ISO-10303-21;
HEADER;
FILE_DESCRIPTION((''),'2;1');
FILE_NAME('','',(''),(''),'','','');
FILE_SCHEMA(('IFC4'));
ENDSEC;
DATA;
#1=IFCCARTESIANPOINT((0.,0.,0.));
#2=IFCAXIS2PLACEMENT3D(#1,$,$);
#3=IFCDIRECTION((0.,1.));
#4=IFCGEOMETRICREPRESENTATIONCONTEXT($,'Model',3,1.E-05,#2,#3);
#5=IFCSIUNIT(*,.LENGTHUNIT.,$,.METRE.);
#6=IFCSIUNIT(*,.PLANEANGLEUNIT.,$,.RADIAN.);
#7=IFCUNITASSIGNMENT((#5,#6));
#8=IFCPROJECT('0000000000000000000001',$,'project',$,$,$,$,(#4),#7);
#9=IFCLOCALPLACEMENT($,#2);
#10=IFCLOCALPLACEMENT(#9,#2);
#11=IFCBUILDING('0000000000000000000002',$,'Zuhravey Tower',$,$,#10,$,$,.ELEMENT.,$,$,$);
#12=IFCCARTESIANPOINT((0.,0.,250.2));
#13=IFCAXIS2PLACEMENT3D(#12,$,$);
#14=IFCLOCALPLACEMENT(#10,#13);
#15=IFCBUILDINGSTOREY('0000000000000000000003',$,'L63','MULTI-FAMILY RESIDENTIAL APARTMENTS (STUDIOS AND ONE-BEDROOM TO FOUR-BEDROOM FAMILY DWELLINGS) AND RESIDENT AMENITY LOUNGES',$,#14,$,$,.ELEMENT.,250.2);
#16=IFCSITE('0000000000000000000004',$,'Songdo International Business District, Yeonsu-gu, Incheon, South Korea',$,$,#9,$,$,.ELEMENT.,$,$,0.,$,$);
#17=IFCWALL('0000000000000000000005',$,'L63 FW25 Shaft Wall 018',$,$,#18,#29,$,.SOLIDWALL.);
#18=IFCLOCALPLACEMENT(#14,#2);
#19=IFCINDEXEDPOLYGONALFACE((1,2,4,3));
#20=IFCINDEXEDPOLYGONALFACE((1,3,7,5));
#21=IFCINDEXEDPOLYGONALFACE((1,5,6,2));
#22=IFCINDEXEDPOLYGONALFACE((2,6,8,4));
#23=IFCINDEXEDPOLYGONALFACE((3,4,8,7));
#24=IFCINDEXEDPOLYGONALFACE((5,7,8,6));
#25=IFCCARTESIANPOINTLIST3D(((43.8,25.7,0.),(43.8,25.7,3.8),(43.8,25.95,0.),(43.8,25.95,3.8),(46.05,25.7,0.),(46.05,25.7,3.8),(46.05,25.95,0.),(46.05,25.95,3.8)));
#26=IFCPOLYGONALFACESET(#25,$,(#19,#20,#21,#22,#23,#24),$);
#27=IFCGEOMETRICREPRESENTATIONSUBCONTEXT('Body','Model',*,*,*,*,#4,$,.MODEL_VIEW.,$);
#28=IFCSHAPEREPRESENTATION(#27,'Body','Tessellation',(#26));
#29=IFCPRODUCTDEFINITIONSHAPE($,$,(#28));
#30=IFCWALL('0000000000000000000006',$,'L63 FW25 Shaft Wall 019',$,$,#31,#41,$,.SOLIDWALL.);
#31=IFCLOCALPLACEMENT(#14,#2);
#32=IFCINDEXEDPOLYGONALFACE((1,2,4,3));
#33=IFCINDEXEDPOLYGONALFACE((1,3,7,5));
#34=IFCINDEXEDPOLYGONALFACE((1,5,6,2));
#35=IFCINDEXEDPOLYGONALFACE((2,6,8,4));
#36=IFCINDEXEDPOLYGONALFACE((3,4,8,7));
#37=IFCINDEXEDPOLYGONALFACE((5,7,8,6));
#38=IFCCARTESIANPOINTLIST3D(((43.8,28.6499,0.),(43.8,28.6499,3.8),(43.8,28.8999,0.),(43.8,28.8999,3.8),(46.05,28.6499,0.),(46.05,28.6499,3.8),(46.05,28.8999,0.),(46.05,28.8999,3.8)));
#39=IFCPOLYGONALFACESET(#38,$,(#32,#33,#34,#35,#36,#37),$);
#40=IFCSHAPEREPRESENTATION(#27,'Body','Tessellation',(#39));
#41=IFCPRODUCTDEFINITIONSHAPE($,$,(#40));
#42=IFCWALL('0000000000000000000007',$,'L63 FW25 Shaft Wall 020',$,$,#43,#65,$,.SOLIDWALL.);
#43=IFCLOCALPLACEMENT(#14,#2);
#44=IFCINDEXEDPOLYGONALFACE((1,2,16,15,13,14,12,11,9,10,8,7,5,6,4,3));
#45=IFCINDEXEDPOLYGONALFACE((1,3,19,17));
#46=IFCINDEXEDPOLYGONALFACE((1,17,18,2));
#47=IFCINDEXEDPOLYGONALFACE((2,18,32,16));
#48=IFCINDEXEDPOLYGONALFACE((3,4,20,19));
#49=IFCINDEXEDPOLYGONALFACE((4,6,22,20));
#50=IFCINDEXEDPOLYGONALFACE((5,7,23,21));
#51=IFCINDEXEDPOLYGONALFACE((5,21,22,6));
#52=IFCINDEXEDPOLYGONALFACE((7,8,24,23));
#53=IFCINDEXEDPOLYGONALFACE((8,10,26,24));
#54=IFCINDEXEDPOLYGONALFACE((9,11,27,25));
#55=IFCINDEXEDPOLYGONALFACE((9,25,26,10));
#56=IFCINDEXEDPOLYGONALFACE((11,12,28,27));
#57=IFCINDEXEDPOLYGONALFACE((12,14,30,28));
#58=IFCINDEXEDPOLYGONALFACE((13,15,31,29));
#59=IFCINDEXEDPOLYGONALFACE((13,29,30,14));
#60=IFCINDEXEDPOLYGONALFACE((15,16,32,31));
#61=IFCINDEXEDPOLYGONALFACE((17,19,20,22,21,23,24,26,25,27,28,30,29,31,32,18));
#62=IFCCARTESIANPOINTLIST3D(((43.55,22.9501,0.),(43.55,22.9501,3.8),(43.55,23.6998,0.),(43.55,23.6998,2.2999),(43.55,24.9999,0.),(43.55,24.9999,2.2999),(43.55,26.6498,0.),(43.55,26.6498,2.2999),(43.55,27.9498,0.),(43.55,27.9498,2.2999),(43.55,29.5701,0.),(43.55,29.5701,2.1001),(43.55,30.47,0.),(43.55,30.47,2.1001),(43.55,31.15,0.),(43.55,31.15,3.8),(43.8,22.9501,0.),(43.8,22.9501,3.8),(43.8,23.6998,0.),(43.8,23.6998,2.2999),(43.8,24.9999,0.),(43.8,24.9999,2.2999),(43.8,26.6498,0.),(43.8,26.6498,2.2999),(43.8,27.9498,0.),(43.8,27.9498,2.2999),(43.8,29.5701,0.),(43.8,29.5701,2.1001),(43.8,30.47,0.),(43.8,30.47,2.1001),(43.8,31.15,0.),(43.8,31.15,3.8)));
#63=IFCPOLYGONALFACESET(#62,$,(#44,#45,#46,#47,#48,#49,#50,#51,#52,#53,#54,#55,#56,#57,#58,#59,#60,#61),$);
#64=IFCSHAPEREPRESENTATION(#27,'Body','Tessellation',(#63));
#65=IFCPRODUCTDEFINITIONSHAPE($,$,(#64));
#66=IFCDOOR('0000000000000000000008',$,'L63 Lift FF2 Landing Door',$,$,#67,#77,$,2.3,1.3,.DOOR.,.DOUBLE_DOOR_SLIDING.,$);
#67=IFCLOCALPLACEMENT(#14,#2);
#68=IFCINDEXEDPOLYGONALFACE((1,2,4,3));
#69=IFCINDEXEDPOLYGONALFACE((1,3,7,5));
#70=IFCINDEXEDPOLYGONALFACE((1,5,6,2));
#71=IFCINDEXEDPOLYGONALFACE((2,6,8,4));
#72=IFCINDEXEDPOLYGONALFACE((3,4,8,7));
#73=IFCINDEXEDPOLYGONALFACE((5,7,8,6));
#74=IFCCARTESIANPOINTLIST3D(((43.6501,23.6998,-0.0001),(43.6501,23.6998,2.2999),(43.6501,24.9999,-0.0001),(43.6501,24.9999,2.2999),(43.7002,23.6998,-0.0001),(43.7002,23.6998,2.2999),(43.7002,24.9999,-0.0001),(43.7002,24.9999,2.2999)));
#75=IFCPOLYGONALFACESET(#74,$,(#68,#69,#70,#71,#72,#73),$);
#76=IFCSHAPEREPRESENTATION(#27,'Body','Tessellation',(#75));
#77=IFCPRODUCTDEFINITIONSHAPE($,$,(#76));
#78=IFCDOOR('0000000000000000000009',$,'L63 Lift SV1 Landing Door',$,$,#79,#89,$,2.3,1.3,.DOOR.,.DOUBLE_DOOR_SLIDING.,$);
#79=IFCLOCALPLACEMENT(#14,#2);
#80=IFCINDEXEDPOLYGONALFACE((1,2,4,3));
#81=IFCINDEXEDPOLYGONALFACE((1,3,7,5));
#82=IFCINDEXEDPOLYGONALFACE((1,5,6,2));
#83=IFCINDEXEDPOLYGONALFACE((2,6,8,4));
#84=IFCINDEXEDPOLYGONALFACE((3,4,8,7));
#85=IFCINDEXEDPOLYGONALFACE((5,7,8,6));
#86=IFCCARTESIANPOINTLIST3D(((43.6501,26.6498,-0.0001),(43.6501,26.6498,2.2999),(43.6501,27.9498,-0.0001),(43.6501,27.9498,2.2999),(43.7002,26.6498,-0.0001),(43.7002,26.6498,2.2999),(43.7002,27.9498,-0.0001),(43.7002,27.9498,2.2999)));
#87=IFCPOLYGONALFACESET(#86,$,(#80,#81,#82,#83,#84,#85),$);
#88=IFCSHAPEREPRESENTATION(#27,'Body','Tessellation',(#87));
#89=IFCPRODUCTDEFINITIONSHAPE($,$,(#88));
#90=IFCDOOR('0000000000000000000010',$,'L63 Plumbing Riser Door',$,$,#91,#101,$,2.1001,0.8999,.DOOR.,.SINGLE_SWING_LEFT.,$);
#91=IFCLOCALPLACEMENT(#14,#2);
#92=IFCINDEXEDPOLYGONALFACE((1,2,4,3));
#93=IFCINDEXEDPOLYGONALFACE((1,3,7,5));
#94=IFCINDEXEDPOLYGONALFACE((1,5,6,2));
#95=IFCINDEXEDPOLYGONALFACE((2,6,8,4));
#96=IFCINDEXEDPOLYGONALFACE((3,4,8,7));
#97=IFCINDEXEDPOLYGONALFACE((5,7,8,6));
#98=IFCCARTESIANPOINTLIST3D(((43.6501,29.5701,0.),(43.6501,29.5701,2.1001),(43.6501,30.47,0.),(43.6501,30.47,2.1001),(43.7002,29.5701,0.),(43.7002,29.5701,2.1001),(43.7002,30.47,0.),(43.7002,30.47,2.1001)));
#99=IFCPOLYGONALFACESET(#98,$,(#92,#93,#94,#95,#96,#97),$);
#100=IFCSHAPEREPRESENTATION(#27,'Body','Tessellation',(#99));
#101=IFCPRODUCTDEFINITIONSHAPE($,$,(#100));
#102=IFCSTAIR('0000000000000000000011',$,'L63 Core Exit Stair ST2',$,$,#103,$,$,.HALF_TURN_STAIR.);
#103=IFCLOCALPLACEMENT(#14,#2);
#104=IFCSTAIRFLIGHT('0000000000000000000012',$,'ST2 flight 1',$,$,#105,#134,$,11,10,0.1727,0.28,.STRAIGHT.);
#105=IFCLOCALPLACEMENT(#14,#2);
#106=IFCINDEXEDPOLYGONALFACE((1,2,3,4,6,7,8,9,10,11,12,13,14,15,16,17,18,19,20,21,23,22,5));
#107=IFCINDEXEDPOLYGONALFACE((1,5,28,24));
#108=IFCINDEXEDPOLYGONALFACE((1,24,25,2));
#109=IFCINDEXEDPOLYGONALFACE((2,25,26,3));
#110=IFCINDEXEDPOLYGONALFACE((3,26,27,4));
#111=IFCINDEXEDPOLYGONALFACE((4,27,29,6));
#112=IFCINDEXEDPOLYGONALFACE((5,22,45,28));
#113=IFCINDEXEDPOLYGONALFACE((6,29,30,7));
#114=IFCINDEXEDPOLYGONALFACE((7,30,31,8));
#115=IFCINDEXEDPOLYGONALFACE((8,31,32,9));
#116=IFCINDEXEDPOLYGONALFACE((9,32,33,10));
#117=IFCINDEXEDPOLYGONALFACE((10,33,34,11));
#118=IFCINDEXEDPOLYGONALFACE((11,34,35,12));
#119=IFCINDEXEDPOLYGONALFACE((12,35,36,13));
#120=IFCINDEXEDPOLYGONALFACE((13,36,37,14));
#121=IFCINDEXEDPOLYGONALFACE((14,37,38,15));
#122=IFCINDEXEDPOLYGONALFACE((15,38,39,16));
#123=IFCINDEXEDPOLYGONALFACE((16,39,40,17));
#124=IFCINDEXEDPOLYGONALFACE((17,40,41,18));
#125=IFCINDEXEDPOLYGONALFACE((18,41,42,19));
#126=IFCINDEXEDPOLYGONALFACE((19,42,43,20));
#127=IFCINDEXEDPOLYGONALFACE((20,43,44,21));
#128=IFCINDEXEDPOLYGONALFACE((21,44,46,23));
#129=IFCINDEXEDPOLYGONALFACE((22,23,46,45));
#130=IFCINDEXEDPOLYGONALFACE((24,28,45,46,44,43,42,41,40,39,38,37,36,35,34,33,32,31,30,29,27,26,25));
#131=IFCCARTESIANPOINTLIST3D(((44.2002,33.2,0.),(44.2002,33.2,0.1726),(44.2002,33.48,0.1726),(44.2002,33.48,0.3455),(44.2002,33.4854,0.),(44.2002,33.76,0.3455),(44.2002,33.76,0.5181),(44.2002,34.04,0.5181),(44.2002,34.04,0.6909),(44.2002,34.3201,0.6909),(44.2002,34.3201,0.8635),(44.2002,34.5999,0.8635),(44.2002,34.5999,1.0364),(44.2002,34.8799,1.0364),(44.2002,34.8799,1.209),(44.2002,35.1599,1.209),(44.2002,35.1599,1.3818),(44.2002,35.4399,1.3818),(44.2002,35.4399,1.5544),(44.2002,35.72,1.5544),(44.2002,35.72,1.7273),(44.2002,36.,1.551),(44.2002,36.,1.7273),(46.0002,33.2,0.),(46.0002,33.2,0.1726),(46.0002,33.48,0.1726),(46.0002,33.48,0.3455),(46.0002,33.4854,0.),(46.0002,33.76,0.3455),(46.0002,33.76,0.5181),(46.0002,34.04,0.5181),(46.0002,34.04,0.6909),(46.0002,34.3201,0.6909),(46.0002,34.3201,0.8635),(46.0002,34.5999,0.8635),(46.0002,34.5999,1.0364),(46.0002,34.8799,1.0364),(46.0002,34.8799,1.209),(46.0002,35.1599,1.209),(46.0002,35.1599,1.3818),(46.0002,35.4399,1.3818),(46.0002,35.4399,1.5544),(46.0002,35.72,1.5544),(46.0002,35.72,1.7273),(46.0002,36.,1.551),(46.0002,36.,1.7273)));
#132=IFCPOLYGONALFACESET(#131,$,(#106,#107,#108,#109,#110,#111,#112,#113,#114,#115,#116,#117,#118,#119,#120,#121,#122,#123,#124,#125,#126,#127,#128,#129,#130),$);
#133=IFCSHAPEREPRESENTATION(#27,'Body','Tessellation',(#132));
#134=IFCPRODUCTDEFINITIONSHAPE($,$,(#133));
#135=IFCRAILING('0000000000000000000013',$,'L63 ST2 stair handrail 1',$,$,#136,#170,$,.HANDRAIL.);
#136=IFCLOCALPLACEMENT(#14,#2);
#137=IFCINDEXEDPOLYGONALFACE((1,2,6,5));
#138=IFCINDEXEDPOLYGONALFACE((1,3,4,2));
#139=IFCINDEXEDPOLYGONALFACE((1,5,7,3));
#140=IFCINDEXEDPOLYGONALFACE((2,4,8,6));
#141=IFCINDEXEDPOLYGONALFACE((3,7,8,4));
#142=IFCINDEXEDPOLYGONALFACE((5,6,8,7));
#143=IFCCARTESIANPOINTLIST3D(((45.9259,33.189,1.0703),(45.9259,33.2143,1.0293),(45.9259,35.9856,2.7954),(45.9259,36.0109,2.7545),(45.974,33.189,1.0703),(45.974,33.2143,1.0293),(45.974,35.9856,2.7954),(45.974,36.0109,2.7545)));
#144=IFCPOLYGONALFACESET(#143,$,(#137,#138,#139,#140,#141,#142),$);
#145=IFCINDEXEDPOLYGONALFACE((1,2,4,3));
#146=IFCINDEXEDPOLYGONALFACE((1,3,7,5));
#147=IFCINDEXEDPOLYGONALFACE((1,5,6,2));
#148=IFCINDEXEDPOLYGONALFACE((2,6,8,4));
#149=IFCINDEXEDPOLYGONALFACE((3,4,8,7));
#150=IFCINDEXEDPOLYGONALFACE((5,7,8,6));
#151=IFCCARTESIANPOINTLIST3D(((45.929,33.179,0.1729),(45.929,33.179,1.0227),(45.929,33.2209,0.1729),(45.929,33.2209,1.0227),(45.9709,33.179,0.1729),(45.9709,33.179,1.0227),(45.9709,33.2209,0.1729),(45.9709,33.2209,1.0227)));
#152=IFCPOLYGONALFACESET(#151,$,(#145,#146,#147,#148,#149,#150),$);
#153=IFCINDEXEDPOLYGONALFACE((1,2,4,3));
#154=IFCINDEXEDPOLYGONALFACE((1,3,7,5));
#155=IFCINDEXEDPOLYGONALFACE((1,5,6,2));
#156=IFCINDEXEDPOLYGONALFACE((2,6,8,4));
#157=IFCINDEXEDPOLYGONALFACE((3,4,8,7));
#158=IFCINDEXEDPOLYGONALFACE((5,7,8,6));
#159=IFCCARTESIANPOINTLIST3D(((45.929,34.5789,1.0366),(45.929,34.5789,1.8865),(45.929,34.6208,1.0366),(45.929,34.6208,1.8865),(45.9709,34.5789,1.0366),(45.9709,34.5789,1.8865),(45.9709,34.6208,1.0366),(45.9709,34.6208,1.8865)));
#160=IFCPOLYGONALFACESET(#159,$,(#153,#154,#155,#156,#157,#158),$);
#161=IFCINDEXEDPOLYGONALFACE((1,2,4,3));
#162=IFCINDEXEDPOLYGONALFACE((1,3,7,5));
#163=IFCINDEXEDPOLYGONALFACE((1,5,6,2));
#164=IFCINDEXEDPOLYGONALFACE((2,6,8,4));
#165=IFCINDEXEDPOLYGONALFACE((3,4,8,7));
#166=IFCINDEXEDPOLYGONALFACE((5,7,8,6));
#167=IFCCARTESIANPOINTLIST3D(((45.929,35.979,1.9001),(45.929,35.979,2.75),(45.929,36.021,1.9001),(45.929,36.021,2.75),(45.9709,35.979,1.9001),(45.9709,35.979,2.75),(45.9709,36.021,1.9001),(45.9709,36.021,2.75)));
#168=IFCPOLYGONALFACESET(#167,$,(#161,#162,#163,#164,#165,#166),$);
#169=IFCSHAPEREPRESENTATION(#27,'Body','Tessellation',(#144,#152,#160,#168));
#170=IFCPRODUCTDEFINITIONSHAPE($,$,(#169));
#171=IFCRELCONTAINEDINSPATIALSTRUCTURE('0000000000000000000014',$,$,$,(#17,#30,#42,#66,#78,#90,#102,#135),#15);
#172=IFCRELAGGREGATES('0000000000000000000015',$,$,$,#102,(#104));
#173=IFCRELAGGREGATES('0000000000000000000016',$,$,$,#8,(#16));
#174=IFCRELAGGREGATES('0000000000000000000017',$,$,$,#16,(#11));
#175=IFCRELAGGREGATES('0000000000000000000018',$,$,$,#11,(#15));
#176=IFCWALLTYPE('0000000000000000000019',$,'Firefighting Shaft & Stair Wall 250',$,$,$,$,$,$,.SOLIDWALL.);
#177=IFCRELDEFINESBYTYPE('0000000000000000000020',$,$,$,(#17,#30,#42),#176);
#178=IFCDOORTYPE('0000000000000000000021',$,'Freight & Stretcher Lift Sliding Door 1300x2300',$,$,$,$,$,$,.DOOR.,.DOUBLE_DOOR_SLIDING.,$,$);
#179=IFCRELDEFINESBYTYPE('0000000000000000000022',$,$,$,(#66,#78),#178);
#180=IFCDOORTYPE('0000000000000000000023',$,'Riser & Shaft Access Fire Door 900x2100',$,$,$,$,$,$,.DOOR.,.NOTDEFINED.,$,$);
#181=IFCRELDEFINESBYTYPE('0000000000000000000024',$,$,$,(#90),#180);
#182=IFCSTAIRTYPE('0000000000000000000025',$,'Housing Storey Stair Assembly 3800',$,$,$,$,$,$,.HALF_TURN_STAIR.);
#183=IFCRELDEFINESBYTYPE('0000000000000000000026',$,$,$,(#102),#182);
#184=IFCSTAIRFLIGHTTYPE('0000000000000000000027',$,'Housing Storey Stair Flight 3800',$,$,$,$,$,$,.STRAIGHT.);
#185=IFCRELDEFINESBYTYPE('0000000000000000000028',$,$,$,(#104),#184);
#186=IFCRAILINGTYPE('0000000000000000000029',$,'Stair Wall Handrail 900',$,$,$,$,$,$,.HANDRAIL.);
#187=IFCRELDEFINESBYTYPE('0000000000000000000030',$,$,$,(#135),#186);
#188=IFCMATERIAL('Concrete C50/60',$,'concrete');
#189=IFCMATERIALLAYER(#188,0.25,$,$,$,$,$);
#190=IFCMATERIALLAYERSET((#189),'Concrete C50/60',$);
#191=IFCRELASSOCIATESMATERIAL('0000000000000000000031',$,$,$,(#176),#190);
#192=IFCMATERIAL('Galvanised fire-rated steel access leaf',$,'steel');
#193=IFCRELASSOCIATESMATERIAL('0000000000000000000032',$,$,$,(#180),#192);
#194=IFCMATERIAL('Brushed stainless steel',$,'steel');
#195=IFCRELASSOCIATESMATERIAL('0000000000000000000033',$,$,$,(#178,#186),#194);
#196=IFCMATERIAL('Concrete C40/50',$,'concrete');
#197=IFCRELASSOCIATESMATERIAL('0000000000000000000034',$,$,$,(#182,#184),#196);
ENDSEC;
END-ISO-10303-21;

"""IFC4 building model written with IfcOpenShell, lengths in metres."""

from ifc_helpers import new_model, si_unit, direction, frame, frame_2d, origin, origin_2d, place, context, subcontext, project, spatial, polyline, rectangle, outline, extrude, material, layer, layer_set, type_object, element, fill, aggregate, save


model = new_model("IFC4")

# Units and contexts
model_context = context("Model", 3, precision=1e-05, world=origin(), true_north=direction((0.0, 1.0)))
body_context = subcontext(model_context, "Body", "Model", "MODEL_VIEW")
ifc_project = project(units=[si_unit("LENGTHUNIT", "METRE"), si_unit("PLANEANGLEUNIT", "RADIAN")], contexts=[model_context])

# Site, building, storey
site_placement = place(None, origin())
site = spatial("IfcSite", under=ifc_project, at=site_placement, Name="Songdo International Business District, Yeonsu-gu, Incheon, South Korea", CompositionType="ELEMENT", RefElevation=0.0)
building_placement = place(site_placement, origin())
building = spatial("IfcBuilding", under=site, at=building_placement, Name="Zuhravey Tower", CompositionType="ELEMENT")
storey_placement = place(building_placement, frame((0.0, 0.0, 250.2)))
storey = spatial("IfcBuildingStorey", under=building, at=storey_placement, Name="L63", Description="MULTI-FAMILY RESIDENTIAL APARTMENTS (STUDIOS AND ONE-BEDROOM TO FOUR-BEDROOM FAMILY DWELLINGS) AND RESIDENT AMENITY LOUNGES", CompositionType="ELEMENT", Elevation=250.2)

# Shared definitions
ifc_material_1 = material(Name="Concrete C50/60", Category="concrete")
ifc_layer = layer(ifc_material_1, 0.25)
ifc_layer_set = layer_set([ifc_layer], Name="Concrete C50/60")
wall_type = type_object("IfcWallType", Name="Firefighting Shaft & Stair Wall 250", PredefinedType="SOLIDWALL", material=ifc_layer_set)

# Shared definitions
ifc_material_2 = material(Name="Galvanised fire-rated steel access leaf", Category="steel")
door_type_1 = type_object("IfcDoorType", Name="Riser & Shaft Access Fire Door 900x2100", OperationType="NOTDEFINED", PredefinedType="DOOR", material=ifc_material_2)
ifc_material_3 = material(Name="Brushed stainless steel", Category="steel")

# Walls
for number, where, z_axis, x_axis, name in (
    (1, (43.8, 25.825, 0.0), (0.0, 0.0, 1.0), (1.0, 0.0, 0.0), "L63 FW25 Shaft Wall 018"),
    (2, (43.8, 28.7749, 0.0), (0.0, 0.0, 1.0), (1.0, 0.0, 0.0), "L63 FW25 Shaft Wall 019"),
):
    element("IfcWall", number, at=place(storey_placement, frame(where, z_axis=z_axis, x_axis=x_axis)), inside=storey, type_object=wall_type, Name=name, PredefinedType="SOLIDWALL", context=body_context, shape_type="SweptSolid", body=[
        extrude(rectangle(XDim=2.25, YDim=0.25, at=frame_2d((1.125, 0.0))), origin(), (0.0, 0.0, 1.0), 3.8),
    ])

# Wall, openings, doors
wall_1_placement = place(storey_placement, frame((43.675, 22.95, 0.0), z_axis=(0.0, 0.0, 1.0), x_axis=(0.0, 1.0, 0.0)))
wall_1 = element("IfcWall", 3, at=wall_1_placement, inside=storey, type_object=wall_type, Name="L63 FW25 Shaft Wall 020", PredefinedType="SOLIDWALL", context=body_context, shape_type="SweptSolid", body=[
    extrude(rectangle(XDim=8.2, YDim=0.25, at=frame_2d((4.1001, 0.0))), origin(), (0.0, 0.0, 1.0), 3.8),
])
opening_1_placement = place(wall_1_placement, frame((0.75, 0.0, 0.0)))
opening_1 = element("IfcOpeningElement", 4, at=opening_1_placement, cuts=wall_1, PredefinedType="OPENING", context=body_context, shape_type="SweptSolid", body=[
    extrude(rectangle(XDim=1.3, YDim=2.3, at=frame_2d((0.6499, 1.1499))), frame((0.0, 0.137, 0.0), z_axis=(0.0, -1.0, 0.0), x_axis=(1.0, 0.0, 0.0)), (0.0, 0.0, 1.0), 0.2739),
])
opening_2_placement = place(wall_1_placement, frame((3.7, 0.0, 0.0)))
opening_2 = element("IfcOpeningElement", 5, at=opening_2_placement, cuts=wall_1, PredefinedType="OPENING", context=body_context, shape_type="SweptSolid", body=[
    extrude(rectangle(XDim=1.3, YDim=2.3, at=frame_2d((0.6499, 1.1499))), frame((0.0, 0.137, 0.0), z_axis=(0.0, -1.0, 0.0), x_axis=(1.0, 0.0, 0.0)), (0.0, 0.0, 1.0), 0.2739),
])
opening_3_placement = place(wall_1_placement, frame((6.6201, 0.0, 0.0)))
opening_3 = element("IfcOpeningElement", 6, at=opening_3_placement, cuts=wall_1, PredefinedType="OPENING", context=body_context, shape_type="SweptSolid", body=[
    extrude(rectangle(XDim=0.8999, YDim=2.1001, at=frame_2d((0.45, 1.05))), frame((0.0, 0.137, 0.0), z_axis=(0.0, -1.0, 0.0), x_axis=(1.0, 0.0, 0.0)), (0.0, 0.0, 1.0), 0.2739),
])
door_type_2 = type_object("IfcDoorType", Name="Freight & Stretcher Lift Sliding Door 1300x2300", OperationType="DOUBLE_DOOR_SLIDING", PredefinedType="DOOR", material=ifc_material_3)
door_1_placement = place(opening_1_placement, origin())
door_1 = element("IfcDoor", 7, at=door_1_placement, inside=storey, type_object=door_type_2, Name="L63 Lift FF2 Landing Door", OperationType="DOUBLE_DOOR_SLIDING", OverallHeight=2.3, OverallWidth=1.3, PredefinedType="DOOR", context=body_context, shape_type="SweptSolid", body=[
    extrude(rectangle(XDim=1.3, YDim=2.3, at=frame_2d((0.6499, 1.1499))), frame((0.0, 0.0249, 0.0), z_axis=(0.0, -1.0, 0.0), x_axis=(1.0, 0.0, 0.0)), (0.0, 0.0, 1.0), 0.05),
])
fill(opening_1, door_1)
door_2_placement = place(opening_2_placement, origin())
door_2 = element("IfcDoor", 8, at=door_2_placement, inside=storey, type_object=door_type_2, Name="L63 Lift SV1 Landing Door", OperationType="DOUBLE_DOOR_SLIDING", OverallHeight=2.3, OverallWidth=1.3, PredefinedType="DOOR", context=body_context, shape_type="SweptSolid", body=[
    extrude(rectangle(XDim=1.3, YDim=2.3, at=frame_2d((0.6499, 1.1499))), frame((0.0, 0.0249, 0.0), z_axis=(0.0, -1.0, 0.0), x_axis=(1.0, 0.0, 0.0)), (0.0, 0.0, 1.0), 0.05),
])
fill(opening_2, door_2)
door_3_placement = place(opening_3_placement, origin())
door_3 = element("IfcDoor", 9, at=door_3_placement, inside=storey, type_object=door_type_1, Name="L63 Plumbing Riser Door", OperationType="SINGLE_SWING_LEFT", OverallHeight=2.1001, OverallWidth=0.8999, PredefinedType="DOOR", context=body_context, shape_type="SweptSolid", body=[
    extrude(rectangle(XDim=0.8999, YDim=2.1001, at=frame_2d((0.45, 1.05))), frame((0.0, 0.0249, 0.0), z_axis=(0.0, -1.0, 0.0), x_axis=(1.0, 0.0, 0.0)), (0.0, 0.0, 1.0), 0.05),
])
fill(opening_3, door_3)

# Stair, stair flight
ifc_material_4 = material(Name="Concrete C40/50", Category="concrete")
stair_type = type_object("IfcStairType", Name="Housing Storey Stair Assembly 3800", PredefinedType="HALF_TURN_STAIR", material=ifc_material_4)
stair_placement = place(storey_placement, origin())
stair = element("IfcStair", 10, at=stair_placement, inside=storey, type_object=stair_type, Name="L63 Core Exit Stair ST2", PredefinedType="HALF_TURN_STAIR")
stair_flight_type = type_object("IfcStairFlightType", Name="Housing Storey Stair Flight 3800", PredefinedType="STRAIGHT", material=ifc_material_4)
stair_flight_placement = place(storey_placement, frame((45.1001, 33.2, 0.0), z_axis=(0.0, 0.0, 1.0), x_axis=(0.0, 1.0, 0.0)))
stair_flight = element("IfcStairFlight", 11, at=stair_flight_placement, type_object=stair_flight_type, Name="ST2 flight 1", NumberOfRisers=11, NumberOfTreads=10, PredefinedType="STRAIGHT", RiserHeight=0.1727, TreadLength=0.28, context=body_context, shape_type="SweptSolid", body=[
    extrude(outline(polyline([(0.0, 0.0), (0.0, 0.1726), (0.28, 0.1726), (0.28, 0.3455), (0.5601, 0.3455), (0.5601, 0.5181), (0.8401, 0.5181), (0.8401, 0.6909), (1.1201, 0.6909), (1.1201, 0.8635), (1.3999, 0.8635), (1.3999, 1.0364), (1.6799, 1.0364), (1.6799, 1.209), (1.96, 1.209), (1.96, 1.3818), (2.24, 1.3818), (2.24, 1.5544), (2.52, 1.5544), (2.52, 1.7273), (2.8, 1.7273), (2.8, 1.8999), (2.8, 1.551), (0.2854, 0.0), (0.0, 0.0)])), frame((0.0, 0.8999, 0.0), z_axis=(0.0, -1.0, 0.0), x_axis=(1.0, 0.0, 0.0)), (0.0, 0.0, 1.0), 1.8),
])
aggregate(stair, [stair_flight])

# Railing
railing_type_1 = type_object("IfcRailingType", Name="Stair Wall Handrail 900", PredefinedType="HANDRAIL", material=ifc_material_3)
railing_1_placement = place(storey_placement, frame((45.95, 33.2, 0.1729)))
element("IfcRailing", 12, at=railing_1_placement, inside=storey, type_object=railing_type_1, Name="L63 ST2 stair handrail 1", PredefinedType="HANDRAIL", context=body_context, shape_type="SweptSolid", body=[
    extrude(rectangle(XDim=0.0481, YDim=0.0481, at=origin_2d()), frame((0.0, 0.0017, 0.877), z_axis=(0.0, 0.85109, 0.52502), x_axis=(-1.0, 0.0, 0.0)), (0.0, 0.0, 1.0), 3.2859),
    extrude(rectangle(XDim=0.042, YDim=0.042, at=origin_2d()), origin(), (0.0, 0.0, 1.0), 0.8499),
    extrude(rectangle(XDim=0.042, YDim=0.042, at=origin_2d()), frame((0.0, 1.3999, 0.8638)), (0.0, 0.0, 1.0), 0.8499),
    extrude(rectangle(XDim=0.042, YDim=0.042, at=origin_2d()), frame((0.0, 2.8, 1.7273)), (0.0, 0.0, 1.0), 0.8499),
])

save(model, "model.ifc")
